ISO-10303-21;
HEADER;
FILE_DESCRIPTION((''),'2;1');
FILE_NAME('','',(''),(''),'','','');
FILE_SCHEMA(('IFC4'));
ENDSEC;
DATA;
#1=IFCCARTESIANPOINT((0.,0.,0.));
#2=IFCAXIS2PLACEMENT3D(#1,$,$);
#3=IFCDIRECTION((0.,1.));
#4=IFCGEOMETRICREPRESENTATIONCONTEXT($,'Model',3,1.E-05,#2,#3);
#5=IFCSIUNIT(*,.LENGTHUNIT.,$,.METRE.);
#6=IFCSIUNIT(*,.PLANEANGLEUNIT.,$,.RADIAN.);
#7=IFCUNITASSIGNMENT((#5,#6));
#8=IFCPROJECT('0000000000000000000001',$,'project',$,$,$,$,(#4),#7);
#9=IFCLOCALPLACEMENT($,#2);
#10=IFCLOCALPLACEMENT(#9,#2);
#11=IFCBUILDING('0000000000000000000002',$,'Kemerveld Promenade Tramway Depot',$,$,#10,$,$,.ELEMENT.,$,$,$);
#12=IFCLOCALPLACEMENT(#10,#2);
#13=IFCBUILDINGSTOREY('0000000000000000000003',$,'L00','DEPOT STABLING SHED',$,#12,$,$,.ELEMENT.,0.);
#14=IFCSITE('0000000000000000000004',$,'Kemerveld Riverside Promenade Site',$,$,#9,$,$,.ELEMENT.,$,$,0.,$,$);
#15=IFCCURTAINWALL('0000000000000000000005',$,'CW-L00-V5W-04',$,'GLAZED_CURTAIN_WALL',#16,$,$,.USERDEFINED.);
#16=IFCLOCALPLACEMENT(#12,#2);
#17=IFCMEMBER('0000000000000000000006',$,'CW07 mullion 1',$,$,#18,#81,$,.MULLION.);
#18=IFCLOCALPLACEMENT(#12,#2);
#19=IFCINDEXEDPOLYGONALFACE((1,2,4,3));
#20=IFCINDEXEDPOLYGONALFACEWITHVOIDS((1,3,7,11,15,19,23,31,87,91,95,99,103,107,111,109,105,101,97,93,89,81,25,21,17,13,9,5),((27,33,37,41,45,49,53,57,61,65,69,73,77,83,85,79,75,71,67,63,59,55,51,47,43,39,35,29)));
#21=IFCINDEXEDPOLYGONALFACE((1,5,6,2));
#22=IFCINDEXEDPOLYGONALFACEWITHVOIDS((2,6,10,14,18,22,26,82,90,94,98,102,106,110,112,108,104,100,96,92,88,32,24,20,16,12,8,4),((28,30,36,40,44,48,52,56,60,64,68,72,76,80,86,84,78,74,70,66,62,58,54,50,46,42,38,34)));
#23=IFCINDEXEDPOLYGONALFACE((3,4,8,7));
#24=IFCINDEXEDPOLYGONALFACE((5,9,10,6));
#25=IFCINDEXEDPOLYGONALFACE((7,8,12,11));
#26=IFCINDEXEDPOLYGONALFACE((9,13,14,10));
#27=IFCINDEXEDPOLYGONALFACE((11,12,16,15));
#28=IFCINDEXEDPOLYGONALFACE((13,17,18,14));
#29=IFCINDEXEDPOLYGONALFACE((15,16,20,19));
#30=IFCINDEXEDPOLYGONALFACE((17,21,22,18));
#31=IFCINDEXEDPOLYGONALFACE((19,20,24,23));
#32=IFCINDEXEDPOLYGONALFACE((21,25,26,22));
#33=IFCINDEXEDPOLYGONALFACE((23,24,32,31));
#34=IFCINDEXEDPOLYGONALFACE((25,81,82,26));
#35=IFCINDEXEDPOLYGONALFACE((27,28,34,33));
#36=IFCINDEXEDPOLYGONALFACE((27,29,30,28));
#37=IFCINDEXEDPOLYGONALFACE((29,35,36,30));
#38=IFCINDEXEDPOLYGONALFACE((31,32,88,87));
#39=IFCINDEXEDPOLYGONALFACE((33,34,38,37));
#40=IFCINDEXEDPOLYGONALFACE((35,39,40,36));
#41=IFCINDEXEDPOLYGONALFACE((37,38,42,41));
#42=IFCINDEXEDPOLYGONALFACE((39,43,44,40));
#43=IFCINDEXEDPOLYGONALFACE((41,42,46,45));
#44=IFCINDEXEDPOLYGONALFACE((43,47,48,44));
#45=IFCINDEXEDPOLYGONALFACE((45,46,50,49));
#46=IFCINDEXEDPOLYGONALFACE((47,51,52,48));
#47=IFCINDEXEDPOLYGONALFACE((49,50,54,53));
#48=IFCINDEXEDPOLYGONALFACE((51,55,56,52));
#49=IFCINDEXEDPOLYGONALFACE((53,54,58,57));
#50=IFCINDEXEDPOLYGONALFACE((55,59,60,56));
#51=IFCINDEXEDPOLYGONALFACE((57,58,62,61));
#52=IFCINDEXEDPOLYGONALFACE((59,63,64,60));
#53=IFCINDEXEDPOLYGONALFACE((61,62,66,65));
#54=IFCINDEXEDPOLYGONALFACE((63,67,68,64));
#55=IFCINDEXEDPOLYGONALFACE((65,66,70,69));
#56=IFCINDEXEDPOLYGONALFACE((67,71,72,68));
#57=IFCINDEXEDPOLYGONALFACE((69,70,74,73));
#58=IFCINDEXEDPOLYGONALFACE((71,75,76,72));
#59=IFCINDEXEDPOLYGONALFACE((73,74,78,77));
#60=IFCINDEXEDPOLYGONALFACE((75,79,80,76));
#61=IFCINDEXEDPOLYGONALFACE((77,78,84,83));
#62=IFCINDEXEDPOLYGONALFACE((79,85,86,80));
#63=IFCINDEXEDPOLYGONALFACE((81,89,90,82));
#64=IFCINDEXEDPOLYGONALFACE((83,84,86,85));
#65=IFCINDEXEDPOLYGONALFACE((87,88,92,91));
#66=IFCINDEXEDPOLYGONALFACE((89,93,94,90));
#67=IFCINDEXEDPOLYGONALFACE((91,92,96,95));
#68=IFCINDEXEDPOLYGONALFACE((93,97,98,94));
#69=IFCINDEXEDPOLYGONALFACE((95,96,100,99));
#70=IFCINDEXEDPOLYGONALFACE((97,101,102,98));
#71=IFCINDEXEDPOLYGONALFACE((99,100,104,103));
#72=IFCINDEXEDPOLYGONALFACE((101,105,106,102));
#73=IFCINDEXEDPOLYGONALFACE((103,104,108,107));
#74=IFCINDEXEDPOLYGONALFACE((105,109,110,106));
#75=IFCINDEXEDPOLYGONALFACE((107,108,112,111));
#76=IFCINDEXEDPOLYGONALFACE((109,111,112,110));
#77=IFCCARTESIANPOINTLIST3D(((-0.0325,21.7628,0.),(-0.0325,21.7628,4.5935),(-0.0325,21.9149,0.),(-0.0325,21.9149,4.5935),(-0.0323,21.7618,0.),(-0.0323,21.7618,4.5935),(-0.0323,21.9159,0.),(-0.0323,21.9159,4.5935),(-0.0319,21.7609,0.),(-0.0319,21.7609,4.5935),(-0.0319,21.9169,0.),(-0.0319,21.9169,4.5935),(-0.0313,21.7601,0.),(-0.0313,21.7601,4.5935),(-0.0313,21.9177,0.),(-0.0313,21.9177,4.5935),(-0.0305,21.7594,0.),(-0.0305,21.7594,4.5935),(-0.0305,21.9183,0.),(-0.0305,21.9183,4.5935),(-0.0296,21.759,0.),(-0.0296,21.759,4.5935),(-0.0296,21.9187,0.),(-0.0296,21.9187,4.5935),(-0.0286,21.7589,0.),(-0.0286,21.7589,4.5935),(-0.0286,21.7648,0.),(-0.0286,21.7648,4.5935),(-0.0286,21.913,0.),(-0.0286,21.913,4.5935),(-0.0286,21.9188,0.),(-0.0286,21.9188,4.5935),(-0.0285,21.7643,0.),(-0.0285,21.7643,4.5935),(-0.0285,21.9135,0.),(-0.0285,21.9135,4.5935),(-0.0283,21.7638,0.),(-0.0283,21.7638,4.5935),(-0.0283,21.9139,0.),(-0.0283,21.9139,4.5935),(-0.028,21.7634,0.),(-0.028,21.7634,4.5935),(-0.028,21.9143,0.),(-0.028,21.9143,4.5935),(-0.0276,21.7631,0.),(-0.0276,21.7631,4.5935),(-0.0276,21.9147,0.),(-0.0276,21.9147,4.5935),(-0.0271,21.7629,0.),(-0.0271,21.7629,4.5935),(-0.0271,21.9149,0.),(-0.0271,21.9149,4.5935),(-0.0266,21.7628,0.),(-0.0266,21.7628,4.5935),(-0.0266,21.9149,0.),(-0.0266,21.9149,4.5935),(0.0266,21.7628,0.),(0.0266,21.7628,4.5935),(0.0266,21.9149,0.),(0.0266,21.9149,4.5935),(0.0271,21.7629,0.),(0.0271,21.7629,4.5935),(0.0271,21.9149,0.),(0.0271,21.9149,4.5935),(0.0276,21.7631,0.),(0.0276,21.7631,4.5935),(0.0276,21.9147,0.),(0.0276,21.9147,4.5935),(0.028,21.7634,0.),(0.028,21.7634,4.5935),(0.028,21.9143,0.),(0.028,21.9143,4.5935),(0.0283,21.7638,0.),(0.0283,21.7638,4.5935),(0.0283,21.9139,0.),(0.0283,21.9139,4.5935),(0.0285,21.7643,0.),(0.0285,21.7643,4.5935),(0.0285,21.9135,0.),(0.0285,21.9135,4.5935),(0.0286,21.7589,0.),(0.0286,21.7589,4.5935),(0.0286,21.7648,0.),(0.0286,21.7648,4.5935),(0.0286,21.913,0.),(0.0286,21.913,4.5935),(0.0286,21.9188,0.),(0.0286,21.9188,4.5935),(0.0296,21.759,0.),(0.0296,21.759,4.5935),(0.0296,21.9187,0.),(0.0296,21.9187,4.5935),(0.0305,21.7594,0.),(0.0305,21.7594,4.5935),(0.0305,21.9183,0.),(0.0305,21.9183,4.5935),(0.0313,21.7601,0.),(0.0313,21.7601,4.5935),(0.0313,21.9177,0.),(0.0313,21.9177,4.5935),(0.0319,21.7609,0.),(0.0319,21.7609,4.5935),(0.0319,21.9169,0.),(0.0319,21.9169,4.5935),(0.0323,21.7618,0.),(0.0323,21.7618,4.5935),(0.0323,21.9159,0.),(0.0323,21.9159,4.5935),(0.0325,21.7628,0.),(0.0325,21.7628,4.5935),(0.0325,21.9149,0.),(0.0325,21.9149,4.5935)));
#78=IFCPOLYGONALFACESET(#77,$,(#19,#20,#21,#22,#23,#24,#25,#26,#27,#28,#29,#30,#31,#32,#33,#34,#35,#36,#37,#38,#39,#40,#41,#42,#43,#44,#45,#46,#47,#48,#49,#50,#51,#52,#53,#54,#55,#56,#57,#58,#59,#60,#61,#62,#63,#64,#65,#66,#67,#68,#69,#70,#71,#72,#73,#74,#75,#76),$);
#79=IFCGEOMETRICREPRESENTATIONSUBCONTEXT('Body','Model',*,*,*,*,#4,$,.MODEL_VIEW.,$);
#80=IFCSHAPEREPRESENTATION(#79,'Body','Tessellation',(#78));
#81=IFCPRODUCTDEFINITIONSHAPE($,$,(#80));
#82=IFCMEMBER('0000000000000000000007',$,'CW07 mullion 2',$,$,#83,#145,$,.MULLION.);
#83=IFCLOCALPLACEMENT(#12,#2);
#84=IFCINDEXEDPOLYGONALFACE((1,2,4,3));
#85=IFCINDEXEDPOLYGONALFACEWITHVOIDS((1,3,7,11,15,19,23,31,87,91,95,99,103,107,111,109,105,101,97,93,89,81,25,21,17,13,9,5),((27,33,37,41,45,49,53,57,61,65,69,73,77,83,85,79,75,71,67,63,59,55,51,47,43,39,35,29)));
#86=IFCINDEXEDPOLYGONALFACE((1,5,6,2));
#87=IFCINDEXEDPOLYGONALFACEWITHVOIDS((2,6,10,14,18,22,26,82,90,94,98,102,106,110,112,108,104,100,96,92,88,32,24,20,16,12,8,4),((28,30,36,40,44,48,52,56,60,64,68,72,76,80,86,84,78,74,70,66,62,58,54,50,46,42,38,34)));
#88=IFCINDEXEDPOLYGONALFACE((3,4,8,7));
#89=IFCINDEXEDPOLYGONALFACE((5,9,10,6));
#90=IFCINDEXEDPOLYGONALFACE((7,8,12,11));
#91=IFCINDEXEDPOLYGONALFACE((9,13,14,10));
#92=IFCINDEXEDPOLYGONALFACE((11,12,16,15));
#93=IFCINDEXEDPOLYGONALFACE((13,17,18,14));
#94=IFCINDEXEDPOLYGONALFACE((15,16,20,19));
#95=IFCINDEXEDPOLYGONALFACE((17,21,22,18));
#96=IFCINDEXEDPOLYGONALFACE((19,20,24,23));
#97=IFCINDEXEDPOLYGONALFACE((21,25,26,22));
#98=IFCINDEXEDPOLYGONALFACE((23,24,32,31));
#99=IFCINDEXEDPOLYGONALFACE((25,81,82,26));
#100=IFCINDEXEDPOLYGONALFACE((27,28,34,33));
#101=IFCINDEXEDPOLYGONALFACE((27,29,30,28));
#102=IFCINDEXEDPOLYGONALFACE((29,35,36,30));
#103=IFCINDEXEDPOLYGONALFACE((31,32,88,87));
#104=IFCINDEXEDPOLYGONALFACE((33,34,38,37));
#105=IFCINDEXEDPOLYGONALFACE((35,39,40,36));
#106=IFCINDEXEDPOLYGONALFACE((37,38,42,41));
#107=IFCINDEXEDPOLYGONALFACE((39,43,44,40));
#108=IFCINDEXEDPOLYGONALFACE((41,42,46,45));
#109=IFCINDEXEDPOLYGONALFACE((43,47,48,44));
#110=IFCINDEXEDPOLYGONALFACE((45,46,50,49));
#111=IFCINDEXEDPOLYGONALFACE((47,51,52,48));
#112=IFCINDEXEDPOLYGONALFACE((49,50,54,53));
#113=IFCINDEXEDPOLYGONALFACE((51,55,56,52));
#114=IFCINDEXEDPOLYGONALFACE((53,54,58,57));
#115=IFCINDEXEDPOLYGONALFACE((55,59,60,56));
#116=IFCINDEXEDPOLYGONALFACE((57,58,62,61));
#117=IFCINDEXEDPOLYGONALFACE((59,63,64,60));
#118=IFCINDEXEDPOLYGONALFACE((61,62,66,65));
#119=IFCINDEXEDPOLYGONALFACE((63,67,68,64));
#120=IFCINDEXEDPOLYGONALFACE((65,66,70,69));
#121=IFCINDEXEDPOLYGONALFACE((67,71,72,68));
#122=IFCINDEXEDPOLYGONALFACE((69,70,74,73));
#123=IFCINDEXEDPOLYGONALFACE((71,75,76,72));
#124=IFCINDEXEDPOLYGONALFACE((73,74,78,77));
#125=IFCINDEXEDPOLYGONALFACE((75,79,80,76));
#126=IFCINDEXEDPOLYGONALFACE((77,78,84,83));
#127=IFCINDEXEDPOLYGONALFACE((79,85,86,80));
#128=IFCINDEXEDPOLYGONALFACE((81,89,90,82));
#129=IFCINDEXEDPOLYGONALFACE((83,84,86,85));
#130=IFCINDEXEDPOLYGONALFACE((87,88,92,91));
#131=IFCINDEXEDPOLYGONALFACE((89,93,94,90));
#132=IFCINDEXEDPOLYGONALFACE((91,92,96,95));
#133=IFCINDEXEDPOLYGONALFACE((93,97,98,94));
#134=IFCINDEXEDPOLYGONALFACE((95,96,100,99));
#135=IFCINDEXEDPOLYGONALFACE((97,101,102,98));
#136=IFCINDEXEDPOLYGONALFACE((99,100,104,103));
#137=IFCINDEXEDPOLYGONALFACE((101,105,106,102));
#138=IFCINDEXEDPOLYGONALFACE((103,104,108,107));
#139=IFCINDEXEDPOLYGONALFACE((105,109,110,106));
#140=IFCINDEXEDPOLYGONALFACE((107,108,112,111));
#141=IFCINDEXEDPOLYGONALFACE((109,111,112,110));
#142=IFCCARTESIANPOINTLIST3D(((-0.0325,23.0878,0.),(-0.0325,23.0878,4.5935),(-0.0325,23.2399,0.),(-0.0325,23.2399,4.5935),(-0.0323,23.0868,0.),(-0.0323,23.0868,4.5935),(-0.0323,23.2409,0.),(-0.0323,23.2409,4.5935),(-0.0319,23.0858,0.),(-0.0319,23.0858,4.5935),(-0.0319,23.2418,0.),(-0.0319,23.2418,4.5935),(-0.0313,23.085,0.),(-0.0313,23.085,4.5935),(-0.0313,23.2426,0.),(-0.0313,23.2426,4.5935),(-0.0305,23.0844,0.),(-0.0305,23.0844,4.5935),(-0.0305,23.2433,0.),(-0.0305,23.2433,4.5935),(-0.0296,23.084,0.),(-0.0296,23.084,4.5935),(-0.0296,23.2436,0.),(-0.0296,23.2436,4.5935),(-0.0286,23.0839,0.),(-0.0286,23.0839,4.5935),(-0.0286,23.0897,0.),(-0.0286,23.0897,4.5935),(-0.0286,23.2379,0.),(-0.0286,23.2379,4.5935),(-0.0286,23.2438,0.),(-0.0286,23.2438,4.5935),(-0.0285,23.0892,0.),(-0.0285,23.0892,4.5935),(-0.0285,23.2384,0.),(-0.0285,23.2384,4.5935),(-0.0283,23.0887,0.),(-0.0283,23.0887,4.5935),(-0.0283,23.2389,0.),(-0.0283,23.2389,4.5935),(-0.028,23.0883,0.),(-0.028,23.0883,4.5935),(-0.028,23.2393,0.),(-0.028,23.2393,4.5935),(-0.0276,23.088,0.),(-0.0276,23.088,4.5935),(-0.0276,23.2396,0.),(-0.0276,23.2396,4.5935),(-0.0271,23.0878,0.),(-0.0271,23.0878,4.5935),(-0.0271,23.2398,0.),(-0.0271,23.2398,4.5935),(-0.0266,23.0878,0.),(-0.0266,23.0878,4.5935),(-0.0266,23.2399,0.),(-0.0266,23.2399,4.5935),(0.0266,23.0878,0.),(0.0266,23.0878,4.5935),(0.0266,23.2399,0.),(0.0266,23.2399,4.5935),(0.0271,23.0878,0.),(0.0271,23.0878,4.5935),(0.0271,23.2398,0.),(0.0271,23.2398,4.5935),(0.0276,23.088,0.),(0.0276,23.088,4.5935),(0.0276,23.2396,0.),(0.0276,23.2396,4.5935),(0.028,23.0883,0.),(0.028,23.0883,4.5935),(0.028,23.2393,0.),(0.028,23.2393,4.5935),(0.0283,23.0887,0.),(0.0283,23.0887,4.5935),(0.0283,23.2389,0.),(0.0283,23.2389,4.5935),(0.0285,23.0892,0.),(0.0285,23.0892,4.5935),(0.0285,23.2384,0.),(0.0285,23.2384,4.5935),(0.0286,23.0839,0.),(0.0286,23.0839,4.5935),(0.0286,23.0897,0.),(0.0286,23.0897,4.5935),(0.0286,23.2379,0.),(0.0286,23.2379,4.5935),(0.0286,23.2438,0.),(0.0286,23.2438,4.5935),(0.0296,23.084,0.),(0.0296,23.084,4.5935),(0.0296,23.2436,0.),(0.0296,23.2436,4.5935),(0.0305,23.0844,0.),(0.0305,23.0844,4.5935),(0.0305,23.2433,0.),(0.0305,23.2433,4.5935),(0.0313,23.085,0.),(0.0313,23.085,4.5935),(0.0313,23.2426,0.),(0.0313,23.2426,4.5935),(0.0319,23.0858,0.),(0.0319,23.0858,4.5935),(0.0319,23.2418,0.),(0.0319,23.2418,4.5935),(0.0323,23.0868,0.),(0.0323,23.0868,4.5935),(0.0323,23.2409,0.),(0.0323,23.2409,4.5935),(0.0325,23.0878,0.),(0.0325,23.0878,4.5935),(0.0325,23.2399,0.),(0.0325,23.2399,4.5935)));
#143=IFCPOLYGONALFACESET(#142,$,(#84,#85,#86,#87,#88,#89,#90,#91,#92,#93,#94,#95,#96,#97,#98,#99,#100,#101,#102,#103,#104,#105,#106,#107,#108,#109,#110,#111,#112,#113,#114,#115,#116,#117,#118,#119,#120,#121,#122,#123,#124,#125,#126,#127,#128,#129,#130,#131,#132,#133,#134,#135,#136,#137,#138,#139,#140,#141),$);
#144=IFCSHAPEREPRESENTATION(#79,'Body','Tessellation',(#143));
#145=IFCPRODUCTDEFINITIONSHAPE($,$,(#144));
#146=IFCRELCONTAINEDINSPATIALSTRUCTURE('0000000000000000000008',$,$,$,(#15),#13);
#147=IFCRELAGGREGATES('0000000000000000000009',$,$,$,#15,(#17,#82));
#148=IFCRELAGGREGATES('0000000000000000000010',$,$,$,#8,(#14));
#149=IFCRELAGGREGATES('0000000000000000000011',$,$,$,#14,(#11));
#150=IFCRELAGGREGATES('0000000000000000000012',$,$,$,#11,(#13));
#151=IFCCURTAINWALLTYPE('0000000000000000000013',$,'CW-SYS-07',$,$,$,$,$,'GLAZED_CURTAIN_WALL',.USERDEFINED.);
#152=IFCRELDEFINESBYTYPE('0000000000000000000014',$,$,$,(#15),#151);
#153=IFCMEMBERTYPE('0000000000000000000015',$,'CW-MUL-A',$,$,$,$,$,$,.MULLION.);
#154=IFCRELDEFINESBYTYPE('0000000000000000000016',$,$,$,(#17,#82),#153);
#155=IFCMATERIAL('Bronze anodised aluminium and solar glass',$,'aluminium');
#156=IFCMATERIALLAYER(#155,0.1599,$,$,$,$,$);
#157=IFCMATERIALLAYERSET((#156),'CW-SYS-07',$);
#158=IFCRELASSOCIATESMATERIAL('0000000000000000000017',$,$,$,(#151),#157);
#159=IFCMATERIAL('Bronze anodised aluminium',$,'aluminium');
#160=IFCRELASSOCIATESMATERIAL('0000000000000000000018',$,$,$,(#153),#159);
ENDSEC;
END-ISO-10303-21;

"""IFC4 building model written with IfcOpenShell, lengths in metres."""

from ifc_helpers import new_model, si_unit, direction, frame, origin, origin_2d, place, context, subcontext, project, spatial, hollow_rectangle, extrude, material, layer, layer_set, material_profile, profile_set, type_object, element, aggregate, save


model = new_model("IFC4")

# Units and contexts
model_context = context("Model", 3, precision=1e-05, world=origin(), true_north=direction((0.0, 1.0)))
body_context = subcontext(model_context, "Body", "Model", "MODEL_VIEW")
ifc_project = project(units=[si_unit("LENGTHUNIT", "METRE"), si_unit("PLANEANGLEUNIT", "RADIAN")], contexts=[model_context])

# Site, building, storey
site_placement = place(None, origin())
site = spatial("IfcSite", under=ifc_project, at=site_placement, Name="Kemerveld Riverside Promenade Site", CompositionType="ELEMENT", RefElevation=0.0)
building_placement = place(site_placement, origin())
building = spatial("IfcBuilding", under=site, at=building_placement, Name="Kemerveld Promenade Tramway Depot", CompositionType="ELEMENT")
storey_placement = place(building_placement, origin())
storey = spatial("IfcBuildingStorey", under=building, at=storey_placement, Name="L00", Description="DEPOT STABLING SHED", CompositionType="ELEMENT", Elevation=0.0)

# Curtain wall, members
ifc_material_1 = material(Name="Bronze anodised aluminium and solar glass", Category="aluminium")
ifc_layer_1 = layer(ifc_material_1, 0.1599)
ifc_layer_set_1 = layer_set([ifc_layer_1], Name="CW-SYS-07")
curtain_wall_type = type_object("IfcCurtainWallType", Name="CW-SYS-07", ElementType="GLAZED_CURTAIN_WALL", PredefinedType="USERDEFINED", material=ifc_layer_set_1)
curtain_wall_placement = place(storey_placement, origin())
curtain_wall = element("IfcCurtainWall", 1, at=curtain_wall_placement, inside=storey, type_object=curtain_wall_type, Name="CW-L00-V5W-04", ObjectType="GLAZED_CURTAIN_WALL", PredefinedType="USERDEFINED")
ifc_material_2 = material(Name="Bronze anodised aluminium", Category="aluminium")
ifc_material_profile_1 = material_profile(ifc_material_2, hollow_rectangle(XDim=0.0649, YDim=0.1599, WallThickness=0.0039, InnerFilletRadius=0.002, OuterFilletRadius=0.0039, at=origin_2d()), Name="CW-MUL-160x65")
ifc_profile_set_1 = profile_set([ifc_material_profile_1], Name="Bronze anodised aluminium")
member_type_1 = type_object("IfcMemberType", Name="CW-MUL-A", PredefinedType="MULLION", material=ifc_profile_set_1)
member_1_placement = place(storey_placement, frame((0.0, 21.8389, 0.0), z_axis=(0.0, 0.0, 1.0), x_axis=(-1.0, 0.0, 0.0)))
member_1 = element("IfcMember", 2, at=member_1_placement, type_object=member_type_1, Name="CW07 mullion 1", PredefinedType="MULLION", context=body_context, shape_type="SweptSolid", body=[
    extrude(hollow_rectangle(XDim=0.0649, YDim=0.1599, WallThickness=0.0039, InnerFilletRadius=0.002, OuterFilletRadius=0.0039, at=origin_2d()), origin(), (0.0, 0.0, 1.0), 4.5935),
])
member_2_placement = place(storey_placement, frame((0.0, 23.1638, 0.0), z_axis=(0.0, 0.0, 1.0), x_axis=(-1.0, 0.0, 0.0)))
member_2 = element("IfcMember", 3, at=member_2_placement, type_object=member_type_1, Name="CW07 mullion 2", PredefinedType="MULLION", context=body_context, shape_type="SweptSolid", body=[
    extrude(hollow_rectangle(XDim=0.0649, YDim=0.1599, WallThickness=0.0039, InnerFilletRadius=0.002, OuterFilletRadius=0.0039, at=origin_2d()), origin(), (0.0, 0.0, 1.0), 4.5935),
])
aggregate(curtain_wall, [member_1, member_2])

save(model, "model.ifc")
